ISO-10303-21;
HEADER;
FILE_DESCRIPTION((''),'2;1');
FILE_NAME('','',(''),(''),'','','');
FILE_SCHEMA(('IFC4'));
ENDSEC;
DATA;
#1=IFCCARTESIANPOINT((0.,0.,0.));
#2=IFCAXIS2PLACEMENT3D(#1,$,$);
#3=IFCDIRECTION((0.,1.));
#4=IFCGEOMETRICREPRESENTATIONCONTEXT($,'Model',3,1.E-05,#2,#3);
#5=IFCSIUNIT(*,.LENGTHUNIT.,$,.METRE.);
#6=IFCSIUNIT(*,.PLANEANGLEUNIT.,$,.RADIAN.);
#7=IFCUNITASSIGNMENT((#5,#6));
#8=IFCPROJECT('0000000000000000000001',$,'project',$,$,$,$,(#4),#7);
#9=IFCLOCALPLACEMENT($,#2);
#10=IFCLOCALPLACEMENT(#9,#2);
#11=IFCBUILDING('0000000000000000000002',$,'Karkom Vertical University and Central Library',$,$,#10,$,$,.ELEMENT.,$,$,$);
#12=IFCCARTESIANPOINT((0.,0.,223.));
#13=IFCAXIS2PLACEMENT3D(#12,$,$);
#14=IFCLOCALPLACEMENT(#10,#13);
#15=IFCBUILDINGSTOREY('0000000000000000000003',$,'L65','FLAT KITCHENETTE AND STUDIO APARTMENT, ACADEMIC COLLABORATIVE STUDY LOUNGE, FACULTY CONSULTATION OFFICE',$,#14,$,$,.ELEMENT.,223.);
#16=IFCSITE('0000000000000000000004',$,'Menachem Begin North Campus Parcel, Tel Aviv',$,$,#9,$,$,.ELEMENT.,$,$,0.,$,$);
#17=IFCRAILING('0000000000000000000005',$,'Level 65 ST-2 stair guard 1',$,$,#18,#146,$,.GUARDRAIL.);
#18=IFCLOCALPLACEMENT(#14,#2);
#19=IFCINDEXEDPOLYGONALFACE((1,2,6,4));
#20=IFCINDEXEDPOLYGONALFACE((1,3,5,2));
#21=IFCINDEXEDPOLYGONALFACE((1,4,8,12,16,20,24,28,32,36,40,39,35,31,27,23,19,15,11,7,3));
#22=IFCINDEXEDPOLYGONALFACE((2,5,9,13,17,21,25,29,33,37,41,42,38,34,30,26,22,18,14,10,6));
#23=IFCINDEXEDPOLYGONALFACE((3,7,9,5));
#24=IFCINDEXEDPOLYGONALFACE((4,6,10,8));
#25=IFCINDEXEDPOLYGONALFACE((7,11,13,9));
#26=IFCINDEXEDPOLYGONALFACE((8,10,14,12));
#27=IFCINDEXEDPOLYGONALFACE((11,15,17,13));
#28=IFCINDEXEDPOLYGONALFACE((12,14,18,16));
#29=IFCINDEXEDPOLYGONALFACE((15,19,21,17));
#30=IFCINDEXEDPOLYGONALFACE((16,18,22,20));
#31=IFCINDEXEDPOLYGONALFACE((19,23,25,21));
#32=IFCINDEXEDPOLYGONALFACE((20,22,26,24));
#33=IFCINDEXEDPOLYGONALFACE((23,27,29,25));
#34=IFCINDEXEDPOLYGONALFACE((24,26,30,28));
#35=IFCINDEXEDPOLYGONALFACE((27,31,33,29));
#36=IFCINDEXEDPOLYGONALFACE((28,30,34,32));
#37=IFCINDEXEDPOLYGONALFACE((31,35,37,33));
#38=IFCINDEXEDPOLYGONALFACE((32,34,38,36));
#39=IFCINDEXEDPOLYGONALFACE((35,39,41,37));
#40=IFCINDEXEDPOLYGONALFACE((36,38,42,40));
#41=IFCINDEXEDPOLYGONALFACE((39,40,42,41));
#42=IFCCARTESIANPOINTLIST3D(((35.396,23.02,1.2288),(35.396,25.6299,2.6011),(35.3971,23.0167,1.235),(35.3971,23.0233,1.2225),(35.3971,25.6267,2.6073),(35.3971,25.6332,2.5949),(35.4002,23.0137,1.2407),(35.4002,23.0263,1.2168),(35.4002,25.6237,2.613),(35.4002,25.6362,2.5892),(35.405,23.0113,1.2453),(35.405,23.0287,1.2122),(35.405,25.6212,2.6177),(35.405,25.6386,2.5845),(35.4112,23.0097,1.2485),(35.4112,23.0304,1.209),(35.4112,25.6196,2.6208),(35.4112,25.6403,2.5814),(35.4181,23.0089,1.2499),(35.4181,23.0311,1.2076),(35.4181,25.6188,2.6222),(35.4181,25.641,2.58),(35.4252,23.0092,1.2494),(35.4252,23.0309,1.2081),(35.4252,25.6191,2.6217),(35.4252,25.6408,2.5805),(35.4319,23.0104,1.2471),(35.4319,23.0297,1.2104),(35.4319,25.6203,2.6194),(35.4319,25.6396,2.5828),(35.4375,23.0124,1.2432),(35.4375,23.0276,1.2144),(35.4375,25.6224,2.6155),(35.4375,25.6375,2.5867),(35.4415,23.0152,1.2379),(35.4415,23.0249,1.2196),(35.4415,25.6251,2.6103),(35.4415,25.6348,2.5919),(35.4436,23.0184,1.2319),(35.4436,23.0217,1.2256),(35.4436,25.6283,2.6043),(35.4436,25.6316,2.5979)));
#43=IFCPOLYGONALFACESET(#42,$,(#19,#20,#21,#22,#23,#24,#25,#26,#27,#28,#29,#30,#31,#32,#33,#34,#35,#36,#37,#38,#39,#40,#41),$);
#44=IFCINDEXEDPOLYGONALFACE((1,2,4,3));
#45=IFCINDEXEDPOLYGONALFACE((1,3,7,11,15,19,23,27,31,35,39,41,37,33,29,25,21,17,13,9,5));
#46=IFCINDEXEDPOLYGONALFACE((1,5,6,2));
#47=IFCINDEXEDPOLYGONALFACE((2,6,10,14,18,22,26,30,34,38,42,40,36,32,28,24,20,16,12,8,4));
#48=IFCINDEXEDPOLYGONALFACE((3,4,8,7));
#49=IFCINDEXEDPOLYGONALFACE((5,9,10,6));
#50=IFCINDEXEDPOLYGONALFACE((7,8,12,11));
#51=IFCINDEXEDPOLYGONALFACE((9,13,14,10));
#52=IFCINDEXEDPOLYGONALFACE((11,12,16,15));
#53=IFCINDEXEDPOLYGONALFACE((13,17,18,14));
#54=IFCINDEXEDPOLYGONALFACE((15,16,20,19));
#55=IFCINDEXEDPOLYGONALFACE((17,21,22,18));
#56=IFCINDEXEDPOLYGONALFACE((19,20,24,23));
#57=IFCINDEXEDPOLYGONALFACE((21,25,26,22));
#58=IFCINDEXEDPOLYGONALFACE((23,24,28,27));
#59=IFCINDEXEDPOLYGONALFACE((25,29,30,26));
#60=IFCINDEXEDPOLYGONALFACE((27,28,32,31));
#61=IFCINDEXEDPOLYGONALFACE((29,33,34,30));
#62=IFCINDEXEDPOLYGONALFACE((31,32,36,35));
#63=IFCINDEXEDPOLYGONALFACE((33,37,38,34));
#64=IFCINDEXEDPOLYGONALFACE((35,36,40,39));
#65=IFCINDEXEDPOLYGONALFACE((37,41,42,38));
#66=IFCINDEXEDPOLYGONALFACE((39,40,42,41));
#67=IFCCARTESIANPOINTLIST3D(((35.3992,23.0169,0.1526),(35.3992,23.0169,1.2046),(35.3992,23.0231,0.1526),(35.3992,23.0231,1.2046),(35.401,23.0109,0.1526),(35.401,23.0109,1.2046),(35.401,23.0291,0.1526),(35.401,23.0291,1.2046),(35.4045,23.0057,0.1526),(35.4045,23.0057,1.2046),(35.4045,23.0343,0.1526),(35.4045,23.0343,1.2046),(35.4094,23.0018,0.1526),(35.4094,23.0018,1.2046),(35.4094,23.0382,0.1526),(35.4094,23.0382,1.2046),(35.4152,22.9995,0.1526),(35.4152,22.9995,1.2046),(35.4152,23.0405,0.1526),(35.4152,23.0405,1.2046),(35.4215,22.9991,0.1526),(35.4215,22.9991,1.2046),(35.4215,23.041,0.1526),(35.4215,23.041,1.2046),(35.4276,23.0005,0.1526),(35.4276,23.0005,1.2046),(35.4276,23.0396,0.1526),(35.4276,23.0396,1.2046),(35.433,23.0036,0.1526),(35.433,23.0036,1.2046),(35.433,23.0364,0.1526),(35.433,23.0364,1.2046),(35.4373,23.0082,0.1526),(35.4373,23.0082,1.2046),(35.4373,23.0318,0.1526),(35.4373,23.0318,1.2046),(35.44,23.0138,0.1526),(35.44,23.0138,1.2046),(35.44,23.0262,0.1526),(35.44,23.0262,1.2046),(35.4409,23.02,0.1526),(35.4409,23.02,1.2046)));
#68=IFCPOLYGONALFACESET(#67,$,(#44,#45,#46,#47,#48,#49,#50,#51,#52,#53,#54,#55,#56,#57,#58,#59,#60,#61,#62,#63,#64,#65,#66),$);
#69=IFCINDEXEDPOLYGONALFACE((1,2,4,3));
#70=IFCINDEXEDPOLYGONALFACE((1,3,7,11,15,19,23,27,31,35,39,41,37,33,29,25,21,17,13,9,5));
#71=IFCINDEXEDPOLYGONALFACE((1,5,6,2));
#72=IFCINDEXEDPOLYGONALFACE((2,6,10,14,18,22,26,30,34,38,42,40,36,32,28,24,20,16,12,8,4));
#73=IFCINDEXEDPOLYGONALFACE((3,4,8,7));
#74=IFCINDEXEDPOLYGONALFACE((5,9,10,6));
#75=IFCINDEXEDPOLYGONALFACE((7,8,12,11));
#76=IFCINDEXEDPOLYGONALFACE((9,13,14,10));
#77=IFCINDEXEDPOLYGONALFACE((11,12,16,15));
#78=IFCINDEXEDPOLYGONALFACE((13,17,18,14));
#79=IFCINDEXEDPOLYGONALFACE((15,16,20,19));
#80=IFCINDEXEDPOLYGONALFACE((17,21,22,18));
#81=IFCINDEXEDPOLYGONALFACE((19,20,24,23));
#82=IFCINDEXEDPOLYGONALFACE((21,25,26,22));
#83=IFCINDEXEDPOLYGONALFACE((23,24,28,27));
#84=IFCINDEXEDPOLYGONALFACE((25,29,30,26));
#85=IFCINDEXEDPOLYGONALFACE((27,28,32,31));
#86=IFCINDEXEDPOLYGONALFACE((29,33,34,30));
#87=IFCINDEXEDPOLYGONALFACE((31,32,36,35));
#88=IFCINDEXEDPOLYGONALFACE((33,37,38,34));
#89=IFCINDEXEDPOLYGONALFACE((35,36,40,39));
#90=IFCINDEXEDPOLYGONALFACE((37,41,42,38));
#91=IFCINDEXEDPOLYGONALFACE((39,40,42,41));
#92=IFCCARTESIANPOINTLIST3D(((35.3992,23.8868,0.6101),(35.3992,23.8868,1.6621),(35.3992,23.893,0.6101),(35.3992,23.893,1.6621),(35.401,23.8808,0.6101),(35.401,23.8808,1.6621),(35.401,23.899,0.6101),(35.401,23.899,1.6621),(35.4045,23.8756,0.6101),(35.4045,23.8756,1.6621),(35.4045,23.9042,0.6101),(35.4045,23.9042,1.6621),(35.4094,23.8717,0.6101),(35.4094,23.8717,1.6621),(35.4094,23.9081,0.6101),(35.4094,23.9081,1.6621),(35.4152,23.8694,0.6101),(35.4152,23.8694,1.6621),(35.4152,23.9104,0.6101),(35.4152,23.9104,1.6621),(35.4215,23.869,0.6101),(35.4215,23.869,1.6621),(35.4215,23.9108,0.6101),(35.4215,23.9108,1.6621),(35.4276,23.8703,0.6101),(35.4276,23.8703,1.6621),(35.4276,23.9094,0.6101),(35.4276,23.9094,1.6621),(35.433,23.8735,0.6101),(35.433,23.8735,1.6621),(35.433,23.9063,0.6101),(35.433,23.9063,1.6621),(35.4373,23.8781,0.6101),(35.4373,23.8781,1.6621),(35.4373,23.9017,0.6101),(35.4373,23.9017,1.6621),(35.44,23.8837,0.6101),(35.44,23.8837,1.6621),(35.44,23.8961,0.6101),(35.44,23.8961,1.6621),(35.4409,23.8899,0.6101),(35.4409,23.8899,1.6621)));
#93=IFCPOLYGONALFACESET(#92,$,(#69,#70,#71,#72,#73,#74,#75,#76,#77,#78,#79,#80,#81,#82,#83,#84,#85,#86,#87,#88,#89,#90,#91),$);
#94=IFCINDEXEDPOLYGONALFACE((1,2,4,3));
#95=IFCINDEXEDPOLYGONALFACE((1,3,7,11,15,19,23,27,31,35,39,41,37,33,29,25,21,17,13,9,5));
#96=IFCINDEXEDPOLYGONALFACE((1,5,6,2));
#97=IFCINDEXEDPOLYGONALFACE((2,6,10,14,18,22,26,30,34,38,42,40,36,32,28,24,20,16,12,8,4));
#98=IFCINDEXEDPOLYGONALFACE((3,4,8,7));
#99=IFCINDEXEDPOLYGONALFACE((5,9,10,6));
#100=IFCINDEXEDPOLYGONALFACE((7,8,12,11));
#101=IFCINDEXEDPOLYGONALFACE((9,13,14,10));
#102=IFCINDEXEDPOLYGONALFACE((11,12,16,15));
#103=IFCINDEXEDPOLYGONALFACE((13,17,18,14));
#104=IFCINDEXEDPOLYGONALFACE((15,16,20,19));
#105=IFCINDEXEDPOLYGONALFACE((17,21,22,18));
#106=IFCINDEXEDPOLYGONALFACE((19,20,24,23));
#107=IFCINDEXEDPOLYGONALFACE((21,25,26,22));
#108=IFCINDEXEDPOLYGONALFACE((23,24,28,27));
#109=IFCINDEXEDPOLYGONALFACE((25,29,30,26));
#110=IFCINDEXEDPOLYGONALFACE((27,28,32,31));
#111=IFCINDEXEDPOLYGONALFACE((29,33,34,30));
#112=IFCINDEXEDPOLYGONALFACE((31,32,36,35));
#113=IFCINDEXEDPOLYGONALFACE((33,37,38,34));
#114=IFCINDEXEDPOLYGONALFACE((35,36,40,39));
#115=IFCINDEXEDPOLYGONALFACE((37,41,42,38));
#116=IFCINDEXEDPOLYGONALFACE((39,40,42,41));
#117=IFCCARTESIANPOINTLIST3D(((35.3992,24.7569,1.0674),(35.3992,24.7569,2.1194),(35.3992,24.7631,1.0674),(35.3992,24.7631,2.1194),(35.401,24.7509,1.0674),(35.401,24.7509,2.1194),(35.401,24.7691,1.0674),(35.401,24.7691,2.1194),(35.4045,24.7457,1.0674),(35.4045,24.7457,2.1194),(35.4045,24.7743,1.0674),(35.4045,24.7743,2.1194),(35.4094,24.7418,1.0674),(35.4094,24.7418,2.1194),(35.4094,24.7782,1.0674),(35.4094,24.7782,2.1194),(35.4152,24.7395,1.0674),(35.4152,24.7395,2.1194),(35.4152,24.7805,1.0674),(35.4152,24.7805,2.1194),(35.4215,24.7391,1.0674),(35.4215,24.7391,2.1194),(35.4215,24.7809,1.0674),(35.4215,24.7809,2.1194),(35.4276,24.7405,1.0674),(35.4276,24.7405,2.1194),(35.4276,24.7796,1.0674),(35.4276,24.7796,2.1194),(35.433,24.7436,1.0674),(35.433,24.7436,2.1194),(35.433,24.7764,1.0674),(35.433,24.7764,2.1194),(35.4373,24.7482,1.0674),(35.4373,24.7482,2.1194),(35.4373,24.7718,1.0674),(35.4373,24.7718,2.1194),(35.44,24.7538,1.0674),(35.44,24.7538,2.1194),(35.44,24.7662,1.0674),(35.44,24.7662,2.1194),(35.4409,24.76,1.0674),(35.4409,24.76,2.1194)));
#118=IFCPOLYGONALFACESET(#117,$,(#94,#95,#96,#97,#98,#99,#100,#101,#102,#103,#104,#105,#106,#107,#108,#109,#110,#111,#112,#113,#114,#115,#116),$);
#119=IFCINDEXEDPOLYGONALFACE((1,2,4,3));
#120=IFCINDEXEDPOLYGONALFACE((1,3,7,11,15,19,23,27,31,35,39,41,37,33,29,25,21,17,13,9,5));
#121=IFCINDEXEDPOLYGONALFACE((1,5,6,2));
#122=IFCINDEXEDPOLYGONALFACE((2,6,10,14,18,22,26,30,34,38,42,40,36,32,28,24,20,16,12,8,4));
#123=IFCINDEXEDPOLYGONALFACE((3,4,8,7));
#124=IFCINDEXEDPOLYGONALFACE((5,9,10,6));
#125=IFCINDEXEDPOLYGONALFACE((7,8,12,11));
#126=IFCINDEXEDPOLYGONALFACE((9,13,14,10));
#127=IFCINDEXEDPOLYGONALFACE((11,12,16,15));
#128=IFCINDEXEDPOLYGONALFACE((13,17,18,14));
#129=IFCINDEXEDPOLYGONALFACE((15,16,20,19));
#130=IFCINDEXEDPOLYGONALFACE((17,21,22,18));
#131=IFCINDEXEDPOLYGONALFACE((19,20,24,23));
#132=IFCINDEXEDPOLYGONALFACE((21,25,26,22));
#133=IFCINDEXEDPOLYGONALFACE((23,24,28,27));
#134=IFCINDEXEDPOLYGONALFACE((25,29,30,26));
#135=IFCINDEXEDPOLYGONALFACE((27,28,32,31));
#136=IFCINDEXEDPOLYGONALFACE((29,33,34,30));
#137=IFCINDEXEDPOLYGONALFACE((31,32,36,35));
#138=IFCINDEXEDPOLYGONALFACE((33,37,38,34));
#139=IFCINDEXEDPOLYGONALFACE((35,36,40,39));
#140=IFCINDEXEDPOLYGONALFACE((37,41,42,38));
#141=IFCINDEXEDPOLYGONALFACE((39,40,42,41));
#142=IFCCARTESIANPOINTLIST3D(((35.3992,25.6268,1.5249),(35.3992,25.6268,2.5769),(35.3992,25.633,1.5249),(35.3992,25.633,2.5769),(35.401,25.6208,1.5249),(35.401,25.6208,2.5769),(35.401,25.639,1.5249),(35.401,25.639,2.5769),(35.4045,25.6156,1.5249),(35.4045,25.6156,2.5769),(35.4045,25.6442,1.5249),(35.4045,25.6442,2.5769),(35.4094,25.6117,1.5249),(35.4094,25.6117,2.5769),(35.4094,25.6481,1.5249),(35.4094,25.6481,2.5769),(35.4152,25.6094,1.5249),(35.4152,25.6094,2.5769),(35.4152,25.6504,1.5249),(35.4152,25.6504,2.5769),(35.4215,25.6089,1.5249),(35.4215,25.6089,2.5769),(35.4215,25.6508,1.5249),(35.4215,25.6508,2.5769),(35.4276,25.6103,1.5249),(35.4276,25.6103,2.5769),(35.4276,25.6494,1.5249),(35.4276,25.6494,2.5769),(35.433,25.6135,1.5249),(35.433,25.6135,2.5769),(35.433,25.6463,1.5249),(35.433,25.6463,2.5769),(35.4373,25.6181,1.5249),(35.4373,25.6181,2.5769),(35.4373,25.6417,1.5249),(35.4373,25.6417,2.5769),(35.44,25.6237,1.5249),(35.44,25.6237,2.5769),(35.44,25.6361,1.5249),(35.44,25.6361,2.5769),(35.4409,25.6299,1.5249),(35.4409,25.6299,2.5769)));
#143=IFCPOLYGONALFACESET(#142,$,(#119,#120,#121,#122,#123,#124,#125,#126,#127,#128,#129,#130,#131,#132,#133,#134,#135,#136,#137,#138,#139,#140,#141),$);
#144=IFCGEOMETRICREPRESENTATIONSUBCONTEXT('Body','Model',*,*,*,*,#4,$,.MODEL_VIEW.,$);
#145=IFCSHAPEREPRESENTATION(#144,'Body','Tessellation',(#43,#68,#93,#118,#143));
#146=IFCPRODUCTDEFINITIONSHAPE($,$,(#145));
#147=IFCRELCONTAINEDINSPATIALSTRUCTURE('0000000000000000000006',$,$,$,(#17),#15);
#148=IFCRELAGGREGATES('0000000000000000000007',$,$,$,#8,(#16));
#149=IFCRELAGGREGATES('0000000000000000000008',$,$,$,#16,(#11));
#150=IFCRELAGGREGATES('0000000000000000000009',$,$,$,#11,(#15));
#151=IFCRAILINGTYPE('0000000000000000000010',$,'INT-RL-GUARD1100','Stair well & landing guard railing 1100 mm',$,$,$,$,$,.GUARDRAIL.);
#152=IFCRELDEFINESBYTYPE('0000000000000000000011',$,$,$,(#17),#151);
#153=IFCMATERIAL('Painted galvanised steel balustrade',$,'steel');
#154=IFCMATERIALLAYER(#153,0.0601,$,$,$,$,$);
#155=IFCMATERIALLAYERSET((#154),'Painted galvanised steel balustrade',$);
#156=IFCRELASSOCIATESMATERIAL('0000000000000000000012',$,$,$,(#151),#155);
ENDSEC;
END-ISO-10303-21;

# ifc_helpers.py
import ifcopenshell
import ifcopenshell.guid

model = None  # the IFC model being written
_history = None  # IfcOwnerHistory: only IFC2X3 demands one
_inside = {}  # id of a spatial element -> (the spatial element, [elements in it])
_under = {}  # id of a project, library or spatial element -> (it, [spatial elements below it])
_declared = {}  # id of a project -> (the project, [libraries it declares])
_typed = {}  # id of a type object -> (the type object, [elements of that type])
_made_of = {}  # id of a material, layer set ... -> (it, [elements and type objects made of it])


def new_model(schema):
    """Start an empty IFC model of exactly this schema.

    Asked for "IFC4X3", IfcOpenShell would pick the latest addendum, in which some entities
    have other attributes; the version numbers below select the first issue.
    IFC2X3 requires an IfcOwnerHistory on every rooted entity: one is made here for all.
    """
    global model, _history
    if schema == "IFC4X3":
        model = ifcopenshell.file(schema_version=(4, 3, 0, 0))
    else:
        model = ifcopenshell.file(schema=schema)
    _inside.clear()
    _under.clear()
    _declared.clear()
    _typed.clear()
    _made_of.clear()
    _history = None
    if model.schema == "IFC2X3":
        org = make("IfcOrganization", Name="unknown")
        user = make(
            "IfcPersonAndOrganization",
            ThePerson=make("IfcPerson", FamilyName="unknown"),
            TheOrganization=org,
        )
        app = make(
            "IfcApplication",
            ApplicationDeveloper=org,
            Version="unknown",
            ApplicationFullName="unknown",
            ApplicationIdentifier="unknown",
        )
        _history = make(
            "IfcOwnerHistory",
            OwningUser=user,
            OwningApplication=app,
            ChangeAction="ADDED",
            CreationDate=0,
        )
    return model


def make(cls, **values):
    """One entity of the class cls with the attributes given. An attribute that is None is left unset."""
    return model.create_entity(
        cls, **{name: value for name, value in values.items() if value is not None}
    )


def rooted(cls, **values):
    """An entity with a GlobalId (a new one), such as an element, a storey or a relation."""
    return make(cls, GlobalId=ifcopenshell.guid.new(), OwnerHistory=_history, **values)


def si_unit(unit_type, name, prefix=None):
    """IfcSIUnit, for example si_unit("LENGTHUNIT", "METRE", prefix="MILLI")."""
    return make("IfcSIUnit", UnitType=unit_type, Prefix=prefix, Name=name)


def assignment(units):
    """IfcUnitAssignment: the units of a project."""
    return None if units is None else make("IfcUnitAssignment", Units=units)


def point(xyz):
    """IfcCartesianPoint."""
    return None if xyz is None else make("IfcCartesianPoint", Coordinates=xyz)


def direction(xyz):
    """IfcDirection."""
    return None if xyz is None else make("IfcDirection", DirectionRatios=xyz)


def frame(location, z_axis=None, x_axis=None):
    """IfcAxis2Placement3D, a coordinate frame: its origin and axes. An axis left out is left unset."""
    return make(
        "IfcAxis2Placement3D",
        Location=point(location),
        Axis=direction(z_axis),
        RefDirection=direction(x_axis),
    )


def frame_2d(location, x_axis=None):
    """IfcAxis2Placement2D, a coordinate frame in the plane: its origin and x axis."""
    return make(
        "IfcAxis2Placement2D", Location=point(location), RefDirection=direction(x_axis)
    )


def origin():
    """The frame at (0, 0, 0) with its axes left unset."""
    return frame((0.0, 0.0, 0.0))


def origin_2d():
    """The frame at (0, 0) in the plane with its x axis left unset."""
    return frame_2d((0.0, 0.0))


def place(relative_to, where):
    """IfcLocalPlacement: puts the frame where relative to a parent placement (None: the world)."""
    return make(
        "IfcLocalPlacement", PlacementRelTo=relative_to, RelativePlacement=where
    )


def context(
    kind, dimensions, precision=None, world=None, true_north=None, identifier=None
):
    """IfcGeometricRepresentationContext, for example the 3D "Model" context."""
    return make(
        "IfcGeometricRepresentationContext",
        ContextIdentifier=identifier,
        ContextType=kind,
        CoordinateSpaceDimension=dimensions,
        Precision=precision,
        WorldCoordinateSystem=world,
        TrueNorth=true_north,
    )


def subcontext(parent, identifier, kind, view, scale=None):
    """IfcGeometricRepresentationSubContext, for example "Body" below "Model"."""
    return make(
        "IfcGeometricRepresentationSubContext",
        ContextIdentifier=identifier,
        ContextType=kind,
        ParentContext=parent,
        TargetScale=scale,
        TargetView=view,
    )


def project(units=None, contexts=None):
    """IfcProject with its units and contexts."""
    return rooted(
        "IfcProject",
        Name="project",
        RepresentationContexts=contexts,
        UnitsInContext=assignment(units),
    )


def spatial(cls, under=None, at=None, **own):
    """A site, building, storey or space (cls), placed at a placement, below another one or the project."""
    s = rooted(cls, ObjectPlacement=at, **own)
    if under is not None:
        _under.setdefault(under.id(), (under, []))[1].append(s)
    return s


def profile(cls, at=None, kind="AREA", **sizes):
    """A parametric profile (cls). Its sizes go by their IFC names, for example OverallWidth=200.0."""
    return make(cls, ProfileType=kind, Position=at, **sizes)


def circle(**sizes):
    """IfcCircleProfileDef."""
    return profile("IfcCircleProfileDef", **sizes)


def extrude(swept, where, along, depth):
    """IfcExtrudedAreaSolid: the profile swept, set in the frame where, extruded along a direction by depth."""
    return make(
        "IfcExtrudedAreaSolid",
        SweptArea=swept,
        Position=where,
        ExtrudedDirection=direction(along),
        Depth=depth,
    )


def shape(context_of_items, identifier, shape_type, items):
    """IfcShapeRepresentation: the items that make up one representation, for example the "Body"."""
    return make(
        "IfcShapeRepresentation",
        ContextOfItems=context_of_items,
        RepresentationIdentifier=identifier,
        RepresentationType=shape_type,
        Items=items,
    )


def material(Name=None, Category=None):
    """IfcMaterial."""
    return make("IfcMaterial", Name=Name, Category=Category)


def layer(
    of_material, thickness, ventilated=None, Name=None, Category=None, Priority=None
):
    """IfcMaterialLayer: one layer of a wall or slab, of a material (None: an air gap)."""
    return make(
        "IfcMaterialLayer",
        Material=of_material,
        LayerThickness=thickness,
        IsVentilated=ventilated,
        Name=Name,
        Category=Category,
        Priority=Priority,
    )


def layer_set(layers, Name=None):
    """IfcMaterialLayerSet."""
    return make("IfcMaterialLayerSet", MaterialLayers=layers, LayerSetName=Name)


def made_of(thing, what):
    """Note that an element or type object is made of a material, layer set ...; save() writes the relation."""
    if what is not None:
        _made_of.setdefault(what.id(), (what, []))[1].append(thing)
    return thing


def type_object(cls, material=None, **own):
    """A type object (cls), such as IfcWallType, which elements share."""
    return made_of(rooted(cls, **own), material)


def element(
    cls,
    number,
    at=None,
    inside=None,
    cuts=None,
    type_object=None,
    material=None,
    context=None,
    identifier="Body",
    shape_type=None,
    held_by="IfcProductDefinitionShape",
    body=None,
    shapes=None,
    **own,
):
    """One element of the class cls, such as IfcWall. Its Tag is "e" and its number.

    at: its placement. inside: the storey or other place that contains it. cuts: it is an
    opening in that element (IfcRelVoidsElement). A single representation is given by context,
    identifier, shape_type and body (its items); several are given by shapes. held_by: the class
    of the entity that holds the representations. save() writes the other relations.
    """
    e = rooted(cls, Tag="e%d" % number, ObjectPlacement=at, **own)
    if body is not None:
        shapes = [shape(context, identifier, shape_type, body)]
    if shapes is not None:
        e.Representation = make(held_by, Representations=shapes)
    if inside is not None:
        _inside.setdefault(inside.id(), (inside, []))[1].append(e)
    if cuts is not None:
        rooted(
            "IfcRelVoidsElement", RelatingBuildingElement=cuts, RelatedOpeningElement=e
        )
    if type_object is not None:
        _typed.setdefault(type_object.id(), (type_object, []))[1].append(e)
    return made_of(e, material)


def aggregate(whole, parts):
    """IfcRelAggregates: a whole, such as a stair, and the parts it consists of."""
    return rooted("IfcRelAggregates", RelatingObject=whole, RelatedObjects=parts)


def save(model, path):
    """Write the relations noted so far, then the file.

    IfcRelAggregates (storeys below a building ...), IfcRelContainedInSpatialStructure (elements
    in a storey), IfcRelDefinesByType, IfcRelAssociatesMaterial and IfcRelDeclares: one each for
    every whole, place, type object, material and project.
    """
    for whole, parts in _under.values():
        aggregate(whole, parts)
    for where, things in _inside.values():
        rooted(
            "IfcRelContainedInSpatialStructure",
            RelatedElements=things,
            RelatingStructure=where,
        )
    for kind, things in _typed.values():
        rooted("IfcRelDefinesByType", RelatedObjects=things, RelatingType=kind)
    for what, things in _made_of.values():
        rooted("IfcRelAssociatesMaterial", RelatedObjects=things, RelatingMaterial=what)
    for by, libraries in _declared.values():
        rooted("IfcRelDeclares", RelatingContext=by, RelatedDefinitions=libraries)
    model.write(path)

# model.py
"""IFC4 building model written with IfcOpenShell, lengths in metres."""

from ifc_helpers import new_model, si_unit, direction, frame, origin, origin_2d, place, context, subcontext, project, spatial, circle, extrude, material, layer, layer_set, type_object, element, save


model = new_model("IFC4")

# Units and contexts
model_context = context("Model", 3, precision=1e-05, world=origin(), true_north=direction((0.0, 1.0)))
body_context = subcontext(model_context, "Body", "Model", "MODEL_VIEW")
ifc_project = project(units=[si_unit("LENGTHUNIT", "METRE"), si_unit("PLANEANGLEUNIT", "RADIAN")], contexts=[model_context])

# Site, building, storey
site_placement = place(None, origin())
site = spatial("IfcSite", under=ifc_project, at=site_placement, Name="Menachem Begin North Campus Parcel, Tel Aviv", CompositionType="ELEMENT", RefElevation=0.0)
building_placement = place(site_placement, origin())
building = spatial("IfcBuilding", under=site, at=building_placement, Name="Karkom Vertical University and Central Library", CompositionType="ELEMENT")
storey_placement = place(building_placement, frame((0.0, 0.0, 223.0)))
storey = spatial("IfcBuildingStorey", under=building, at=storey_placement, Name="L65", Description="FLAT KITCHENETTE AND STUDIO APARTMENT, ACADEMIC COLLABORATIVE STUDY LOUNGE, FACULTY CONSULTATION OFFICE", CompositionType="ELEMENT", Elevation=223.0)

# Railing
ifc_material_1 = material(Name="Painted galvanised steel balustrade", Category="steel")
ifc_layer_1 = layer(ifc_material_1, 0.0601)
ifc_layer_set_1 = layer_set([ifc_layer_1], Name="Painted galvanised steel balustrade")
railing_type_1 = type_object("IfcRailingType", Name="INT-RL-GUARD1100", Description="Stair well & landing guard railing 1100 mm", PredefinedType="GUARDRAIL", material=ifc_layer_set_1)
railing_1_placement = place(storey_placement, frame((35.4199, 23.02, 0.1526)))
element("IfcRailing", 1, at=railing_1_placement, inside=storey, type_object=railing_type_1, Name="Level 65 ST-2 stair guard 1", PredefinedType="GUARDRAIL", context=body_context, shape_type="SweptSolid", body=[
    extrude(circle(Radius=0.0239, at=origin_2d()), frame((0.0, 0.0, 1.0762), z_axis=(0.0, 0.8851, 0.465402), x_axis=(-1.0, 0.0, 0.0)), (0.0, 0.0, 1.0), 2.9487),
    extrude(circle(Radius=0.021, at=origin_2d()), origin(), (0.0, 0.0, 1.0), 1.052),
    extrude(circle(Radius=0.021, at=origin_2d()), frame((0.0, 0.8699, 0.4575)), (0.0, 0.0, 1.0), 1.052),
    extrude(circle(Radius=0.021, at=origin_2d()), frame((0.0, 1.74, 0.9148)), (0.0, 0.0, 1.0), 1.052),
    extrude(circle(Radius=0.021, at=origin_2d()), frame((0.0, 2.6099, 1.3723)), (0.0, 0.0, 1.0), 1.052),
])

save(model, "model.ifc")
